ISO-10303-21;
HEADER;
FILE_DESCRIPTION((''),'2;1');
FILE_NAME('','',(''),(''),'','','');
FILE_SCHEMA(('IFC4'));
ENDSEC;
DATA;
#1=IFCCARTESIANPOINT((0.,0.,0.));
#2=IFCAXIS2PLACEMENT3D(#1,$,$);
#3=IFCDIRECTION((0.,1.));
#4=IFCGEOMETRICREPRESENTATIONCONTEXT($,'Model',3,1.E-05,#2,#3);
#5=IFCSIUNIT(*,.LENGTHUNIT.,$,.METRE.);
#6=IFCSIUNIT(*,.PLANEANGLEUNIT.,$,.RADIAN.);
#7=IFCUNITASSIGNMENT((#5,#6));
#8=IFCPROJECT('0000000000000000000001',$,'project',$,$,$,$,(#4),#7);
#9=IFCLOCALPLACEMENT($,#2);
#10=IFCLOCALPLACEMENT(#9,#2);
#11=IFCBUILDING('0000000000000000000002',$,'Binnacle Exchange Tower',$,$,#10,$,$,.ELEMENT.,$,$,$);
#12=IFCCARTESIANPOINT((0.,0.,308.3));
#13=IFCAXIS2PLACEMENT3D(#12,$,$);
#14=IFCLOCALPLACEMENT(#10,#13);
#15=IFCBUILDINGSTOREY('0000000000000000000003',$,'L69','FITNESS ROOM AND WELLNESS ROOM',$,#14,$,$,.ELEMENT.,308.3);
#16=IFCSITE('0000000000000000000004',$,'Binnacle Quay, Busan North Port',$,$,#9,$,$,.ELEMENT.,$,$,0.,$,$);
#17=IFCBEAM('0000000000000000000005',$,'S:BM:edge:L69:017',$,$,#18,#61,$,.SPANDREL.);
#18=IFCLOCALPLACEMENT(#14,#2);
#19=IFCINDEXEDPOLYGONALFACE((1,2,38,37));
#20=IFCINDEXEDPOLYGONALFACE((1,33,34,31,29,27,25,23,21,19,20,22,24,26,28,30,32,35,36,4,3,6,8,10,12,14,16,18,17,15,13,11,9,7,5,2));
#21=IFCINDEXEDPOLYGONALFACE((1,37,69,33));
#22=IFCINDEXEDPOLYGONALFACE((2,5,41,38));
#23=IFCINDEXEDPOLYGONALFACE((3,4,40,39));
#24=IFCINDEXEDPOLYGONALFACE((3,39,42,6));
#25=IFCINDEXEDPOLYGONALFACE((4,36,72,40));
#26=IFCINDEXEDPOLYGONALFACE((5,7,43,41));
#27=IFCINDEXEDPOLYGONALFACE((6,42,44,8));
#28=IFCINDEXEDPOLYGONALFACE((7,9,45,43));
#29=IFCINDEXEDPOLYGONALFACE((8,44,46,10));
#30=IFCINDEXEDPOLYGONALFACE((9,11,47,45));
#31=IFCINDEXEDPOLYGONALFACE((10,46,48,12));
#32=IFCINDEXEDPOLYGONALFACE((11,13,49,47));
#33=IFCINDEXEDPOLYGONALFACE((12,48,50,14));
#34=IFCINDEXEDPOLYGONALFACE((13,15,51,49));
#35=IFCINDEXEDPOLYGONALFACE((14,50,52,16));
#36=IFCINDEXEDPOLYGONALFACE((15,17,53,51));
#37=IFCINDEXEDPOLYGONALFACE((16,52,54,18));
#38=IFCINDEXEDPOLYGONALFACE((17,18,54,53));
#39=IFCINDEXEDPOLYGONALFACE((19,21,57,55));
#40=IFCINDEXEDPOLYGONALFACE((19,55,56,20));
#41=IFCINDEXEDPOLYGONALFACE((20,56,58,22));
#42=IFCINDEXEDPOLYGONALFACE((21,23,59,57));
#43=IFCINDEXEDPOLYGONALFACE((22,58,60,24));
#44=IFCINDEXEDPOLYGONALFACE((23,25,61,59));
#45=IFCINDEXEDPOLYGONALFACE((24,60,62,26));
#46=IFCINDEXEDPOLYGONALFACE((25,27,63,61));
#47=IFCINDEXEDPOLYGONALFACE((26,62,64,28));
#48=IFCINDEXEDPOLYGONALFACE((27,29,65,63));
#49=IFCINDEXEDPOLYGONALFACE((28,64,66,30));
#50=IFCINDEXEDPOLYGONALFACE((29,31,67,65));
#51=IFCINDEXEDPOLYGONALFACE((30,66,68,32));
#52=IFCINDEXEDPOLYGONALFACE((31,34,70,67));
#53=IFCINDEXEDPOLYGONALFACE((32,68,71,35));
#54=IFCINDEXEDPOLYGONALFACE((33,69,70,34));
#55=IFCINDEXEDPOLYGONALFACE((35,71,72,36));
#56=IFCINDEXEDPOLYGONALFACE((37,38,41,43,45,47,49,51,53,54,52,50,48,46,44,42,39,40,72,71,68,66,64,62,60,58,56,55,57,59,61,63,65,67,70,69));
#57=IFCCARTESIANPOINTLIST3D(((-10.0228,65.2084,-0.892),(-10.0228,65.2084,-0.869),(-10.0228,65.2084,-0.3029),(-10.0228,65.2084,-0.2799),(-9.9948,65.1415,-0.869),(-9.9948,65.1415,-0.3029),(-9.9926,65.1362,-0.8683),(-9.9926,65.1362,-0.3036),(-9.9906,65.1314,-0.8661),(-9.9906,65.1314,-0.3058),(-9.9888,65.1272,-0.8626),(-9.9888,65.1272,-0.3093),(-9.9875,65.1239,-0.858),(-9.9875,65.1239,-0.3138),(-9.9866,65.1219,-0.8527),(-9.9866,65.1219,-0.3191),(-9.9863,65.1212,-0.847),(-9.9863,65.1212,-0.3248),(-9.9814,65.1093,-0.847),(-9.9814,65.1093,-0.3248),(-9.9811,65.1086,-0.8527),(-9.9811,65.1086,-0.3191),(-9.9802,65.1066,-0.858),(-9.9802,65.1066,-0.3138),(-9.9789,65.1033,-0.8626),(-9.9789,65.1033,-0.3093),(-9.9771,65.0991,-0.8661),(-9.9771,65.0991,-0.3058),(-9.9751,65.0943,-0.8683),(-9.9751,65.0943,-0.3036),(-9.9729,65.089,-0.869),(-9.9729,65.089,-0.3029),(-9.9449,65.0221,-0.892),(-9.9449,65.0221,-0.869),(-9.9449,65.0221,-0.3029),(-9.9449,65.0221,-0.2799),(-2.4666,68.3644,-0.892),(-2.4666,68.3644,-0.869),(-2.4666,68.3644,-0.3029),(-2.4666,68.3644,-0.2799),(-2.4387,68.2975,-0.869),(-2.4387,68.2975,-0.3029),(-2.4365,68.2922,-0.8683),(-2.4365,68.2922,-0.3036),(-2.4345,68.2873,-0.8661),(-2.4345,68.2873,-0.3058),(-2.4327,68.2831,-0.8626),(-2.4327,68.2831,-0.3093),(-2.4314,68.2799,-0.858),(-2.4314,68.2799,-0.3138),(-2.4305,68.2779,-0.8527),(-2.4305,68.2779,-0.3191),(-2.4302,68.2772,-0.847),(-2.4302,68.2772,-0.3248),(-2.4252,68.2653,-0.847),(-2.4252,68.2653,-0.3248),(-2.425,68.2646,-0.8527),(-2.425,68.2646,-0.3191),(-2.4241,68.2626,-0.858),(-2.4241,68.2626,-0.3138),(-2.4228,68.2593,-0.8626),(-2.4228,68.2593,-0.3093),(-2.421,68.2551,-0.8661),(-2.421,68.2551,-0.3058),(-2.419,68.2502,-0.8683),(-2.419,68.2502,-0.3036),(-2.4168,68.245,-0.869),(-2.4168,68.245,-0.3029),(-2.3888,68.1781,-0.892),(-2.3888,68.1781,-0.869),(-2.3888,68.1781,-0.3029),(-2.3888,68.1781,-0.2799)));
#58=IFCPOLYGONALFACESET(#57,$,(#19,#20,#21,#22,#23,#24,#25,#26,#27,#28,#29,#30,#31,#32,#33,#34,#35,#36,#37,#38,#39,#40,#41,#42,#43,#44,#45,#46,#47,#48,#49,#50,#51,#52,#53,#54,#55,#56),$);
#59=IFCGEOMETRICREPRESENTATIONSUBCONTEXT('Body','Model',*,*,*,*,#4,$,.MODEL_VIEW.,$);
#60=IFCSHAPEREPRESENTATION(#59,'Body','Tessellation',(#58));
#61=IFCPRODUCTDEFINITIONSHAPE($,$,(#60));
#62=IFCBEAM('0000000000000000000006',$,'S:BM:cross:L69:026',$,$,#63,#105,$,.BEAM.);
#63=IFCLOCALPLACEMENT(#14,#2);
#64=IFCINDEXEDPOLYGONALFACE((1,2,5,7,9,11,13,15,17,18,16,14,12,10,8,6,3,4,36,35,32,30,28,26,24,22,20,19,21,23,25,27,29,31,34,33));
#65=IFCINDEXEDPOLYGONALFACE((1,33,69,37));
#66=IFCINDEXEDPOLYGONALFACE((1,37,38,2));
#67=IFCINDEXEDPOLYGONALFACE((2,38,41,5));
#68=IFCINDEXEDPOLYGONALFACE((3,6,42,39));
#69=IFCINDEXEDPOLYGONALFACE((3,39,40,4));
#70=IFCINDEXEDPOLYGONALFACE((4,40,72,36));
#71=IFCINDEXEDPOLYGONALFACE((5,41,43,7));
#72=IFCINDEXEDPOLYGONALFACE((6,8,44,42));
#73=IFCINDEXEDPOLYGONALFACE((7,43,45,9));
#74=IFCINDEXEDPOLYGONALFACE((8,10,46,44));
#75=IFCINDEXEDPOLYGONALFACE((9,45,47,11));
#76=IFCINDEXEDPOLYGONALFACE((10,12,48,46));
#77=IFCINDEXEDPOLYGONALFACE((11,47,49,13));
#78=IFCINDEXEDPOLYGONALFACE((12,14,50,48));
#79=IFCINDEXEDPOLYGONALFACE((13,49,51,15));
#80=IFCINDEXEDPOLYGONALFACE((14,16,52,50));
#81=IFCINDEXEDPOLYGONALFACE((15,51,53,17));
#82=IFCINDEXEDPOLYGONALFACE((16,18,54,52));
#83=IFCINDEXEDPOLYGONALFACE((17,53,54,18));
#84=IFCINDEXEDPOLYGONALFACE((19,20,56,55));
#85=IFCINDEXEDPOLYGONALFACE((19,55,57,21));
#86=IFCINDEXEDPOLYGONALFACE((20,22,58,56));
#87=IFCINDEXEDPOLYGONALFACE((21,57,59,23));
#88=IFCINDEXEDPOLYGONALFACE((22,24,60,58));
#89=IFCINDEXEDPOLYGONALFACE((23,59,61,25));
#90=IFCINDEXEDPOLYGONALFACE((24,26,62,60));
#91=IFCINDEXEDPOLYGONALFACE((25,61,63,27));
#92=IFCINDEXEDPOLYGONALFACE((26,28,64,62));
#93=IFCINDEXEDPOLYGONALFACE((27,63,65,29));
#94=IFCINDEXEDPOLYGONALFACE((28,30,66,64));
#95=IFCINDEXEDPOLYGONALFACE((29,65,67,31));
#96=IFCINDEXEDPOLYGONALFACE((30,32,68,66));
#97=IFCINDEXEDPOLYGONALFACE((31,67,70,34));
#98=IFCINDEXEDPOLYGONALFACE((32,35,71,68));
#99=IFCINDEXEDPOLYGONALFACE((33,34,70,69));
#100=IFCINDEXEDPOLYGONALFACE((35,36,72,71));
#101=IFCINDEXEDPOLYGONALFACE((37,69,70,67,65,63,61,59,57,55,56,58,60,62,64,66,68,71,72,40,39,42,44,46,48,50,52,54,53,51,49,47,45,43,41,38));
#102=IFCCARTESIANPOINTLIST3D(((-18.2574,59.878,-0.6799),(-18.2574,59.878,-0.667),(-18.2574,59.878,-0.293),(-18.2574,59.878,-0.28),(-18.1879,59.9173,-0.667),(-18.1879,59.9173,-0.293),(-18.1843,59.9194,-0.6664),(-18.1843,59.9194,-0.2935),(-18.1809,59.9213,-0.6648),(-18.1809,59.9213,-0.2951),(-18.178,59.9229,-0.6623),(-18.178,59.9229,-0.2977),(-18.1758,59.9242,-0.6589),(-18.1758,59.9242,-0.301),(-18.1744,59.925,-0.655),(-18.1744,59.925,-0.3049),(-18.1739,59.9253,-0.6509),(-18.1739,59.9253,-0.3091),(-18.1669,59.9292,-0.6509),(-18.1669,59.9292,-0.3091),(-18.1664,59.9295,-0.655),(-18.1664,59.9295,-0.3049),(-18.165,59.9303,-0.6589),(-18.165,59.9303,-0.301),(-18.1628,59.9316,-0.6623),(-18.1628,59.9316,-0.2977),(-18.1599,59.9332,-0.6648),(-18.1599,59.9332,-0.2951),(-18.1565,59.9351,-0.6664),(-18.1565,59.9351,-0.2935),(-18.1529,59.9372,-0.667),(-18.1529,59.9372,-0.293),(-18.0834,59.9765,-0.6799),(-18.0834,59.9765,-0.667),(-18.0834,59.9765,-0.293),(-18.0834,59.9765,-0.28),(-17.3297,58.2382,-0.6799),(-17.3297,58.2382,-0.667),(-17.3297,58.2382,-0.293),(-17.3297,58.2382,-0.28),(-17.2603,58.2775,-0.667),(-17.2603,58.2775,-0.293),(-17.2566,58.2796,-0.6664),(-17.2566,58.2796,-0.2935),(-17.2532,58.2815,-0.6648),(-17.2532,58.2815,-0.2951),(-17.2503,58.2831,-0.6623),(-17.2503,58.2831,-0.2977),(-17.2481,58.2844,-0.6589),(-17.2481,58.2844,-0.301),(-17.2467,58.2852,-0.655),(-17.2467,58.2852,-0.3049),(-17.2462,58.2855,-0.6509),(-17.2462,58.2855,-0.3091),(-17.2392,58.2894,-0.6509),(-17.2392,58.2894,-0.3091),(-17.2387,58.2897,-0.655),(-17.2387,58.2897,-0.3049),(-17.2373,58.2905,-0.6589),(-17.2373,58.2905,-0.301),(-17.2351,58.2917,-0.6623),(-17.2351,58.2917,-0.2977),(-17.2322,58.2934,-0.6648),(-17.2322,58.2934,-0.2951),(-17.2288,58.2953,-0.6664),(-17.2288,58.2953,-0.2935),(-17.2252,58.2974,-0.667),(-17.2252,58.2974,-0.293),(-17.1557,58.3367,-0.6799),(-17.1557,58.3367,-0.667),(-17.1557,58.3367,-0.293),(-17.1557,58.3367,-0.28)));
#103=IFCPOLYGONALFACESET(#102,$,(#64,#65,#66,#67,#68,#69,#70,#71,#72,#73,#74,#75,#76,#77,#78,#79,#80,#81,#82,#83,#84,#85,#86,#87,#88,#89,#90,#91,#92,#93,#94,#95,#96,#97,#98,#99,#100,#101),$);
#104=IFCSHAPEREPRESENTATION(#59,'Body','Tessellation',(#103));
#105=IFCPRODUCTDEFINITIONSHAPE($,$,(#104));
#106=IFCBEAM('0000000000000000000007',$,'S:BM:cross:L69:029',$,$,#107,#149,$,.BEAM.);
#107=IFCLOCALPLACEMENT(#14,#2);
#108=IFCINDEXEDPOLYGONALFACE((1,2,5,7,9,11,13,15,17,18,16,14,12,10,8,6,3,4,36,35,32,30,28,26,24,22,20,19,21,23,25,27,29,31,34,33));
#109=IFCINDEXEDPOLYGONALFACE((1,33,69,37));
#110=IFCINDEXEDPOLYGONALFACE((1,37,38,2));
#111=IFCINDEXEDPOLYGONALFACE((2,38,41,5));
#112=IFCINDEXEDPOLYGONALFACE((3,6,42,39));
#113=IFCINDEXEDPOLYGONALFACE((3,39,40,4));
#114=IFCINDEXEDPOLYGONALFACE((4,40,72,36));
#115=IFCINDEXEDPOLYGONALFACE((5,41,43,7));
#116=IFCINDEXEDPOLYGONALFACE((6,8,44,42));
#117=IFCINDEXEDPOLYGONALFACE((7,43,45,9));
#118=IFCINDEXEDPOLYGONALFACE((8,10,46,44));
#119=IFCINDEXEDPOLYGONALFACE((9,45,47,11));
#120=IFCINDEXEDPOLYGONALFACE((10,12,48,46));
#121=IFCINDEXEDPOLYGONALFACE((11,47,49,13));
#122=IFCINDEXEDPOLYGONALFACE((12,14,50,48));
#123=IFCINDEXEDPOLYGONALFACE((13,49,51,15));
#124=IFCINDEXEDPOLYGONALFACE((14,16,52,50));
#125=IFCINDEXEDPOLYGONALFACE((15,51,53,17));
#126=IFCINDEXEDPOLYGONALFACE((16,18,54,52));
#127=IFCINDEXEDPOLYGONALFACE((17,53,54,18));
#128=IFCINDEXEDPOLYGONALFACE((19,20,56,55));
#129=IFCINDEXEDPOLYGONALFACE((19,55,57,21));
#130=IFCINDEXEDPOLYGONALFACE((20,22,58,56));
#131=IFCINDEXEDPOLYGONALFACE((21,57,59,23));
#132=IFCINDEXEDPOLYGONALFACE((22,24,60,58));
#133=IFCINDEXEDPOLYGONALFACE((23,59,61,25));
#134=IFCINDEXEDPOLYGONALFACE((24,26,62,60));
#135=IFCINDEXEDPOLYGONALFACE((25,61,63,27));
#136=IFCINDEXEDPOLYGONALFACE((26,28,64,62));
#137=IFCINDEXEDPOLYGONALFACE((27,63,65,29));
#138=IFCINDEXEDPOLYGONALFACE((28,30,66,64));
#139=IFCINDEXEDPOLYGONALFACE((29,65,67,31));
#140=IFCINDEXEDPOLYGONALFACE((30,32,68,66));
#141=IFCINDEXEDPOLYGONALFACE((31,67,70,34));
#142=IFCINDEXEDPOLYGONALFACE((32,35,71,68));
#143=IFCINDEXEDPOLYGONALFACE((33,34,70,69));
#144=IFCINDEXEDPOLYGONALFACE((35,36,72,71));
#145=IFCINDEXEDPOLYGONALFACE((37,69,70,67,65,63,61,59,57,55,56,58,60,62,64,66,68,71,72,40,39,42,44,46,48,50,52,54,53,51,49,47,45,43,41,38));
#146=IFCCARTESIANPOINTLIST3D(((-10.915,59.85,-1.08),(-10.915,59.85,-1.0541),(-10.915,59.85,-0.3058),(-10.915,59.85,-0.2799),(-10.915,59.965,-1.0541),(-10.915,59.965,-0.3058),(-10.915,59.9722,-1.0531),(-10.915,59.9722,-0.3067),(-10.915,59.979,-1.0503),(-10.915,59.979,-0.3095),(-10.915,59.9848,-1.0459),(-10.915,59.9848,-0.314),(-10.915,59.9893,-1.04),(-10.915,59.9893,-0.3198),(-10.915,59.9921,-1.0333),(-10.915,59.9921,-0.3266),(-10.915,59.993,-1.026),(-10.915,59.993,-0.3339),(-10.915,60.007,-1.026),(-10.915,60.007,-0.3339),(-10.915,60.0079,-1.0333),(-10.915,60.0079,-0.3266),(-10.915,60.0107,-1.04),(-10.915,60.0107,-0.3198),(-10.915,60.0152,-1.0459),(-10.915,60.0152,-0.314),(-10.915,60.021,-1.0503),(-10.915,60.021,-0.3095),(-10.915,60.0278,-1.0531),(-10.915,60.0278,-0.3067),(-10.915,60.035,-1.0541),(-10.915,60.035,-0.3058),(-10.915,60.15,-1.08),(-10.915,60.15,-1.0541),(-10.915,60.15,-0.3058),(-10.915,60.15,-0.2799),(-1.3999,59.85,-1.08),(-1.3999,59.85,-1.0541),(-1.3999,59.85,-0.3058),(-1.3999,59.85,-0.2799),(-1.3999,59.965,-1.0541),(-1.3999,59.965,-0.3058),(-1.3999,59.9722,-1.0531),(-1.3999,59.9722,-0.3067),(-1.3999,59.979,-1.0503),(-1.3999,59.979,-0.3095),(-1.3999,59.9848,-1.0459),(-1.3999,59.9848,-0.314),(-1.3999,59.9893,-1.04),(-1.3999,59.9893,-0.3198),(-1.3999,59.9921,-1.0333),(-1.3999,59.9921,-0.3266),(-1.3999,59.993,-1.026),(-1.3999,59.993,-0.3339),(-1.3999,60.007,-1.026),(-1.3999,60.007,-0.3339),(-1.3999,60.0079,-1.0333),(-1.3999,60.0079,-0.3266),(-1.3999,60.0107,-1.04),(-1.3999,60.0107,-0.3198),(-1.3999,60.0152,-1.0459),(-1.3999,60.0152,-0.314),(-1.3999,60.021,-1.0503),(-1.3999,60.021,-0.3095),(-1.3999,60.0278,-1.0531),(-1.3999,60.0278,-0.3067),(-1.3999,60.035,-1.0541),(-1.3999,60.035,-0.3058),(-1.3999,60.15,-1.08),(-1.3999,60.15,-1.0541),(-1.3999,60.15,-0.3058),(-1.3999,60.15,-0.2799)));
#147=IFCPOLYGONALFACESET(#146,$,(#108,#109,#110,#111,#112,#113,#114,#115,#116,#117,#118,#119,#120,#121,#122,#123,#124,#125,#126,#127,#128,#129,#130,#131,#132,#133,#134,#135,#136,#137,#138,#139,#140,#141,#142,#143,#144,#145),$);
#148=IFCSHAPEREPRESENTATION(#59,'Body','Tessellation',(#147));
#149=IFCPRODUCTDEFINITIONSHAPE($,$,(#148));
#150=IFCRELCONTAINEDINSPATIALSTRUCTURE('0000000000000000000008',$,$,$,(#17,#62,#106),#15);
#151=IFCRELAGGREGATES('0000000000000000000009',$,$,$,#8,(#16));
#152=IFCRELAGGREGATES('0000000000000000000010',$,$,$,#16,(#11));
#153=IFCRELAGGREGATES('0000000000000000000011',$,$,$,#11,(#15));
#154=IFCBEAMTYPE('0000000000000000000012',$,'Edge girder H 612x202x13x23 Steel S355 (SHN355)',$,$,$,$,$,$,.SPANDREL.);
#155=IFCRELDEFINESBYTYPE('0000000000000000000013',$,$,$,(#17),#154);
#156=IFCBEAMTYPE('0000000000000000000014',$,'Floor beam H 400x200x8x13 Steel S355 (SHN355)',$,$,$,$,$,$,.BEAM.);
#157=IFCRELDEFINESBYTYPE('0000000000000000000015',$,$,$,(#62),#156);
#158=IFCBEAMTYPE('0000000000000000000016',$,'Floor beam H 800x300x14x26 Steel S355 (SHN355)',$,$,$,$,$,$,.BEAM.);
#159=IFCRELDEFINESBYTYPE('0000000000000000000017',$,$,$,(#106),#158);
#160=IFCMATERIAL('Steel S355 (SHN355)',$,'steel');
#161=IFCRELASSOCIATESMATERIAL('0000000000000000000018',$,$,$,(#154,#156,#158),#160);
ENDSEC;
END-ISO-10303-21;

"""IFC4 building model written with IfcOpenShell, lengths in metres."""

from ifc_helpers import new_model, si_unit, direction, frame, origin, origin_2d, place, context, subcontext, project, spatial, i_section, extrude, material, material_profile, profile_set, type_object, element, save


model = new_model("IFC4")

# Units and contexts
model_context = context("Model", 3, precision=1e-05, world=origin(), true_north=direction((0.0, 1.0)))
body_context = subcontext(model_context, "Body", "Model", "MODEL_VIEW")
ifc_project = project(units=[si_unit("LENGTHUNIT", "METRE"), si_unit("PLANEANGLEUNIT", "RADIAN")], contexts=[model_context])

# Site, building, storey
site_placement = place(None, origin())
site = spatial("IfcSite", under=ifc_project, at=site_placement, Name="Binnacle Quay, Busan North Port", CompositionType="ELEMENT", RefElevation=0.0)
building_placement = place(site_placement, origin())
building = spatial("IfcBuilding", under=site, at=building_placement, Name="Binnacle Exchange Tower", CompositionType="ELEMENT")
storey_placement = place(building_placement, frame((0.0, 0.0, 308.3)))
storey = spatial("IfcBuildingStorey", under=building, at=storey_placement, Name="L69", Description="FITNESS ROOM AND WELLNESS ROOM", CompositionType="ELEMENT", Elevation=308.3)

# Beams
ifc_material_1 = material(Name="Steel S355 (SHN355)", Category="steel")
ifc_material_profile_1 = material_profile(ifc_material_1, i_section(OverallWidth=0.2019, OverallDepth=0.6121, WebThickness=0.0129, FlangeThickness=0.0229, FilletRadius=0.022, at=origin_2d()), Name="H 612x202x13x23")
ifc_profile_set_1 = profile_set([ifc_material_profile_1], Name="Steel S355 (SHN355)")
beam_type_1 = type_object("IfcBeamType", Name="Edge girder H 612x202x13x23 Steel S355 (SHN355)", PredefinedType="SPANDREL", material=ifc_profile_set_1)
beam_1_placement = place(storey_placement, frame((-2.4277, 68.2712, -0.5859), z_axis=(-0.922747, -0.385407, 0.0), x_axis=(0.385407, -0.922747, 0.0)))
element("IfcBeam", 1, at=beam_1_placement, inside=storey, type_object=beam_type_1, Name="S:BM:edge:L69:017", PredefinedType="SPANDREL", context=body_context, shape_type="SweptSolid", body=[
    extrude(i_section(OverallWidth=0.2019, OverallDepth=0.6121, WebThickness=0.0129, FlangeThickness=0.0229, FilletRadius=0.022, at=origin_2d()), origin(), (0.0, 0.0, 1.0), 8.1887),
])
ifc_material_profile_2 = material_profile(ifc_material_1, i_section(OverallWidth=0.2, OverallDepth=0.3999, WebThickness=0.0081, FlangeThickness=0.0129, FilletRadius=0.0161, at=origin_2d()), Name="H 400x200x8x13")
ifc_profile_set_2 = profile_set([ifc_material_profile_2], Name="Steel S355 (SHN355)")
beam_type_2 = type_object("IfcBeamType", Name="Floor beam H 400x200x8x13 Steel S355 (SHN355)", PredefinedType="BEAM", material=ifc_profile_set_2)
beam_2_placement = place(storey_placement, frame((-18.1704, 59.9272, -0.48), z_axis=(0.492395, -0.870372, 0.0), x_axis=(0.870372, 0.492395, 0.0)))
element("IfcBeam", 2, at=beam_2_placement, inside=storey, type_object=beam_type_2, Name="S:BM:cross:L69:026", PredefinedType="BEAM", context=body_context, shape_type="SweptSolid", body=[
    extrude(i_section(OverallWidth=0.2, OverallDepth=0.3999, WebThickness=0.0081, FlangeThickness=0.0129, FilletRadius=0.0161, at=origin_2d()), origin(), (0.0, 0.0, 1.0), 1.884),
])
ifc_material_profile_3 = material_profile(ifc_material_1, i_section(OverallWidth=0.3, OverallDepth=0.8, WebThickness=0.0139, FlangeThickness=0.0259, FilletRadius=0.0281, at=origin_2d()), Name="H 800x300x14x26")
ifc_profile_set_3 = profile_set([ifc_material_profile_3], Name="Steel S355 (SHN355)")
beam_type_3 = type_object("IfcBeamType", Name="Floor beam H 800x300x14x26 Steel S355 (SHN355)", PredefinedType="BEAM", material=ifc_profile_set_3)
beam_3_placement = place(storey_placement, frame((-1.3999, 60.0, -0.6799), z_axis=(-1.0, 0.0, 0.0), x_axis=(0.0, -1.0, 0.0)))
element("IfcBeam", 3, at=beam_3_placement, inside=storey, type_object=beam_type_3, Name="S:BM:cross:L69:029", PredefinedType="BEAM", context=body_context, shape_type="SweptSolid", body=[
    extrude(i_section(OverallWidth=0.3, OverallDepth=0.8, WebThickness=0.0139, FlangeThickness=0.0259, FilletRadius=0.0281, at=origin_2d()), origin(), (0.0, 0.0, 1.0), 9.5151),
])

save(model, "model.ifc")
